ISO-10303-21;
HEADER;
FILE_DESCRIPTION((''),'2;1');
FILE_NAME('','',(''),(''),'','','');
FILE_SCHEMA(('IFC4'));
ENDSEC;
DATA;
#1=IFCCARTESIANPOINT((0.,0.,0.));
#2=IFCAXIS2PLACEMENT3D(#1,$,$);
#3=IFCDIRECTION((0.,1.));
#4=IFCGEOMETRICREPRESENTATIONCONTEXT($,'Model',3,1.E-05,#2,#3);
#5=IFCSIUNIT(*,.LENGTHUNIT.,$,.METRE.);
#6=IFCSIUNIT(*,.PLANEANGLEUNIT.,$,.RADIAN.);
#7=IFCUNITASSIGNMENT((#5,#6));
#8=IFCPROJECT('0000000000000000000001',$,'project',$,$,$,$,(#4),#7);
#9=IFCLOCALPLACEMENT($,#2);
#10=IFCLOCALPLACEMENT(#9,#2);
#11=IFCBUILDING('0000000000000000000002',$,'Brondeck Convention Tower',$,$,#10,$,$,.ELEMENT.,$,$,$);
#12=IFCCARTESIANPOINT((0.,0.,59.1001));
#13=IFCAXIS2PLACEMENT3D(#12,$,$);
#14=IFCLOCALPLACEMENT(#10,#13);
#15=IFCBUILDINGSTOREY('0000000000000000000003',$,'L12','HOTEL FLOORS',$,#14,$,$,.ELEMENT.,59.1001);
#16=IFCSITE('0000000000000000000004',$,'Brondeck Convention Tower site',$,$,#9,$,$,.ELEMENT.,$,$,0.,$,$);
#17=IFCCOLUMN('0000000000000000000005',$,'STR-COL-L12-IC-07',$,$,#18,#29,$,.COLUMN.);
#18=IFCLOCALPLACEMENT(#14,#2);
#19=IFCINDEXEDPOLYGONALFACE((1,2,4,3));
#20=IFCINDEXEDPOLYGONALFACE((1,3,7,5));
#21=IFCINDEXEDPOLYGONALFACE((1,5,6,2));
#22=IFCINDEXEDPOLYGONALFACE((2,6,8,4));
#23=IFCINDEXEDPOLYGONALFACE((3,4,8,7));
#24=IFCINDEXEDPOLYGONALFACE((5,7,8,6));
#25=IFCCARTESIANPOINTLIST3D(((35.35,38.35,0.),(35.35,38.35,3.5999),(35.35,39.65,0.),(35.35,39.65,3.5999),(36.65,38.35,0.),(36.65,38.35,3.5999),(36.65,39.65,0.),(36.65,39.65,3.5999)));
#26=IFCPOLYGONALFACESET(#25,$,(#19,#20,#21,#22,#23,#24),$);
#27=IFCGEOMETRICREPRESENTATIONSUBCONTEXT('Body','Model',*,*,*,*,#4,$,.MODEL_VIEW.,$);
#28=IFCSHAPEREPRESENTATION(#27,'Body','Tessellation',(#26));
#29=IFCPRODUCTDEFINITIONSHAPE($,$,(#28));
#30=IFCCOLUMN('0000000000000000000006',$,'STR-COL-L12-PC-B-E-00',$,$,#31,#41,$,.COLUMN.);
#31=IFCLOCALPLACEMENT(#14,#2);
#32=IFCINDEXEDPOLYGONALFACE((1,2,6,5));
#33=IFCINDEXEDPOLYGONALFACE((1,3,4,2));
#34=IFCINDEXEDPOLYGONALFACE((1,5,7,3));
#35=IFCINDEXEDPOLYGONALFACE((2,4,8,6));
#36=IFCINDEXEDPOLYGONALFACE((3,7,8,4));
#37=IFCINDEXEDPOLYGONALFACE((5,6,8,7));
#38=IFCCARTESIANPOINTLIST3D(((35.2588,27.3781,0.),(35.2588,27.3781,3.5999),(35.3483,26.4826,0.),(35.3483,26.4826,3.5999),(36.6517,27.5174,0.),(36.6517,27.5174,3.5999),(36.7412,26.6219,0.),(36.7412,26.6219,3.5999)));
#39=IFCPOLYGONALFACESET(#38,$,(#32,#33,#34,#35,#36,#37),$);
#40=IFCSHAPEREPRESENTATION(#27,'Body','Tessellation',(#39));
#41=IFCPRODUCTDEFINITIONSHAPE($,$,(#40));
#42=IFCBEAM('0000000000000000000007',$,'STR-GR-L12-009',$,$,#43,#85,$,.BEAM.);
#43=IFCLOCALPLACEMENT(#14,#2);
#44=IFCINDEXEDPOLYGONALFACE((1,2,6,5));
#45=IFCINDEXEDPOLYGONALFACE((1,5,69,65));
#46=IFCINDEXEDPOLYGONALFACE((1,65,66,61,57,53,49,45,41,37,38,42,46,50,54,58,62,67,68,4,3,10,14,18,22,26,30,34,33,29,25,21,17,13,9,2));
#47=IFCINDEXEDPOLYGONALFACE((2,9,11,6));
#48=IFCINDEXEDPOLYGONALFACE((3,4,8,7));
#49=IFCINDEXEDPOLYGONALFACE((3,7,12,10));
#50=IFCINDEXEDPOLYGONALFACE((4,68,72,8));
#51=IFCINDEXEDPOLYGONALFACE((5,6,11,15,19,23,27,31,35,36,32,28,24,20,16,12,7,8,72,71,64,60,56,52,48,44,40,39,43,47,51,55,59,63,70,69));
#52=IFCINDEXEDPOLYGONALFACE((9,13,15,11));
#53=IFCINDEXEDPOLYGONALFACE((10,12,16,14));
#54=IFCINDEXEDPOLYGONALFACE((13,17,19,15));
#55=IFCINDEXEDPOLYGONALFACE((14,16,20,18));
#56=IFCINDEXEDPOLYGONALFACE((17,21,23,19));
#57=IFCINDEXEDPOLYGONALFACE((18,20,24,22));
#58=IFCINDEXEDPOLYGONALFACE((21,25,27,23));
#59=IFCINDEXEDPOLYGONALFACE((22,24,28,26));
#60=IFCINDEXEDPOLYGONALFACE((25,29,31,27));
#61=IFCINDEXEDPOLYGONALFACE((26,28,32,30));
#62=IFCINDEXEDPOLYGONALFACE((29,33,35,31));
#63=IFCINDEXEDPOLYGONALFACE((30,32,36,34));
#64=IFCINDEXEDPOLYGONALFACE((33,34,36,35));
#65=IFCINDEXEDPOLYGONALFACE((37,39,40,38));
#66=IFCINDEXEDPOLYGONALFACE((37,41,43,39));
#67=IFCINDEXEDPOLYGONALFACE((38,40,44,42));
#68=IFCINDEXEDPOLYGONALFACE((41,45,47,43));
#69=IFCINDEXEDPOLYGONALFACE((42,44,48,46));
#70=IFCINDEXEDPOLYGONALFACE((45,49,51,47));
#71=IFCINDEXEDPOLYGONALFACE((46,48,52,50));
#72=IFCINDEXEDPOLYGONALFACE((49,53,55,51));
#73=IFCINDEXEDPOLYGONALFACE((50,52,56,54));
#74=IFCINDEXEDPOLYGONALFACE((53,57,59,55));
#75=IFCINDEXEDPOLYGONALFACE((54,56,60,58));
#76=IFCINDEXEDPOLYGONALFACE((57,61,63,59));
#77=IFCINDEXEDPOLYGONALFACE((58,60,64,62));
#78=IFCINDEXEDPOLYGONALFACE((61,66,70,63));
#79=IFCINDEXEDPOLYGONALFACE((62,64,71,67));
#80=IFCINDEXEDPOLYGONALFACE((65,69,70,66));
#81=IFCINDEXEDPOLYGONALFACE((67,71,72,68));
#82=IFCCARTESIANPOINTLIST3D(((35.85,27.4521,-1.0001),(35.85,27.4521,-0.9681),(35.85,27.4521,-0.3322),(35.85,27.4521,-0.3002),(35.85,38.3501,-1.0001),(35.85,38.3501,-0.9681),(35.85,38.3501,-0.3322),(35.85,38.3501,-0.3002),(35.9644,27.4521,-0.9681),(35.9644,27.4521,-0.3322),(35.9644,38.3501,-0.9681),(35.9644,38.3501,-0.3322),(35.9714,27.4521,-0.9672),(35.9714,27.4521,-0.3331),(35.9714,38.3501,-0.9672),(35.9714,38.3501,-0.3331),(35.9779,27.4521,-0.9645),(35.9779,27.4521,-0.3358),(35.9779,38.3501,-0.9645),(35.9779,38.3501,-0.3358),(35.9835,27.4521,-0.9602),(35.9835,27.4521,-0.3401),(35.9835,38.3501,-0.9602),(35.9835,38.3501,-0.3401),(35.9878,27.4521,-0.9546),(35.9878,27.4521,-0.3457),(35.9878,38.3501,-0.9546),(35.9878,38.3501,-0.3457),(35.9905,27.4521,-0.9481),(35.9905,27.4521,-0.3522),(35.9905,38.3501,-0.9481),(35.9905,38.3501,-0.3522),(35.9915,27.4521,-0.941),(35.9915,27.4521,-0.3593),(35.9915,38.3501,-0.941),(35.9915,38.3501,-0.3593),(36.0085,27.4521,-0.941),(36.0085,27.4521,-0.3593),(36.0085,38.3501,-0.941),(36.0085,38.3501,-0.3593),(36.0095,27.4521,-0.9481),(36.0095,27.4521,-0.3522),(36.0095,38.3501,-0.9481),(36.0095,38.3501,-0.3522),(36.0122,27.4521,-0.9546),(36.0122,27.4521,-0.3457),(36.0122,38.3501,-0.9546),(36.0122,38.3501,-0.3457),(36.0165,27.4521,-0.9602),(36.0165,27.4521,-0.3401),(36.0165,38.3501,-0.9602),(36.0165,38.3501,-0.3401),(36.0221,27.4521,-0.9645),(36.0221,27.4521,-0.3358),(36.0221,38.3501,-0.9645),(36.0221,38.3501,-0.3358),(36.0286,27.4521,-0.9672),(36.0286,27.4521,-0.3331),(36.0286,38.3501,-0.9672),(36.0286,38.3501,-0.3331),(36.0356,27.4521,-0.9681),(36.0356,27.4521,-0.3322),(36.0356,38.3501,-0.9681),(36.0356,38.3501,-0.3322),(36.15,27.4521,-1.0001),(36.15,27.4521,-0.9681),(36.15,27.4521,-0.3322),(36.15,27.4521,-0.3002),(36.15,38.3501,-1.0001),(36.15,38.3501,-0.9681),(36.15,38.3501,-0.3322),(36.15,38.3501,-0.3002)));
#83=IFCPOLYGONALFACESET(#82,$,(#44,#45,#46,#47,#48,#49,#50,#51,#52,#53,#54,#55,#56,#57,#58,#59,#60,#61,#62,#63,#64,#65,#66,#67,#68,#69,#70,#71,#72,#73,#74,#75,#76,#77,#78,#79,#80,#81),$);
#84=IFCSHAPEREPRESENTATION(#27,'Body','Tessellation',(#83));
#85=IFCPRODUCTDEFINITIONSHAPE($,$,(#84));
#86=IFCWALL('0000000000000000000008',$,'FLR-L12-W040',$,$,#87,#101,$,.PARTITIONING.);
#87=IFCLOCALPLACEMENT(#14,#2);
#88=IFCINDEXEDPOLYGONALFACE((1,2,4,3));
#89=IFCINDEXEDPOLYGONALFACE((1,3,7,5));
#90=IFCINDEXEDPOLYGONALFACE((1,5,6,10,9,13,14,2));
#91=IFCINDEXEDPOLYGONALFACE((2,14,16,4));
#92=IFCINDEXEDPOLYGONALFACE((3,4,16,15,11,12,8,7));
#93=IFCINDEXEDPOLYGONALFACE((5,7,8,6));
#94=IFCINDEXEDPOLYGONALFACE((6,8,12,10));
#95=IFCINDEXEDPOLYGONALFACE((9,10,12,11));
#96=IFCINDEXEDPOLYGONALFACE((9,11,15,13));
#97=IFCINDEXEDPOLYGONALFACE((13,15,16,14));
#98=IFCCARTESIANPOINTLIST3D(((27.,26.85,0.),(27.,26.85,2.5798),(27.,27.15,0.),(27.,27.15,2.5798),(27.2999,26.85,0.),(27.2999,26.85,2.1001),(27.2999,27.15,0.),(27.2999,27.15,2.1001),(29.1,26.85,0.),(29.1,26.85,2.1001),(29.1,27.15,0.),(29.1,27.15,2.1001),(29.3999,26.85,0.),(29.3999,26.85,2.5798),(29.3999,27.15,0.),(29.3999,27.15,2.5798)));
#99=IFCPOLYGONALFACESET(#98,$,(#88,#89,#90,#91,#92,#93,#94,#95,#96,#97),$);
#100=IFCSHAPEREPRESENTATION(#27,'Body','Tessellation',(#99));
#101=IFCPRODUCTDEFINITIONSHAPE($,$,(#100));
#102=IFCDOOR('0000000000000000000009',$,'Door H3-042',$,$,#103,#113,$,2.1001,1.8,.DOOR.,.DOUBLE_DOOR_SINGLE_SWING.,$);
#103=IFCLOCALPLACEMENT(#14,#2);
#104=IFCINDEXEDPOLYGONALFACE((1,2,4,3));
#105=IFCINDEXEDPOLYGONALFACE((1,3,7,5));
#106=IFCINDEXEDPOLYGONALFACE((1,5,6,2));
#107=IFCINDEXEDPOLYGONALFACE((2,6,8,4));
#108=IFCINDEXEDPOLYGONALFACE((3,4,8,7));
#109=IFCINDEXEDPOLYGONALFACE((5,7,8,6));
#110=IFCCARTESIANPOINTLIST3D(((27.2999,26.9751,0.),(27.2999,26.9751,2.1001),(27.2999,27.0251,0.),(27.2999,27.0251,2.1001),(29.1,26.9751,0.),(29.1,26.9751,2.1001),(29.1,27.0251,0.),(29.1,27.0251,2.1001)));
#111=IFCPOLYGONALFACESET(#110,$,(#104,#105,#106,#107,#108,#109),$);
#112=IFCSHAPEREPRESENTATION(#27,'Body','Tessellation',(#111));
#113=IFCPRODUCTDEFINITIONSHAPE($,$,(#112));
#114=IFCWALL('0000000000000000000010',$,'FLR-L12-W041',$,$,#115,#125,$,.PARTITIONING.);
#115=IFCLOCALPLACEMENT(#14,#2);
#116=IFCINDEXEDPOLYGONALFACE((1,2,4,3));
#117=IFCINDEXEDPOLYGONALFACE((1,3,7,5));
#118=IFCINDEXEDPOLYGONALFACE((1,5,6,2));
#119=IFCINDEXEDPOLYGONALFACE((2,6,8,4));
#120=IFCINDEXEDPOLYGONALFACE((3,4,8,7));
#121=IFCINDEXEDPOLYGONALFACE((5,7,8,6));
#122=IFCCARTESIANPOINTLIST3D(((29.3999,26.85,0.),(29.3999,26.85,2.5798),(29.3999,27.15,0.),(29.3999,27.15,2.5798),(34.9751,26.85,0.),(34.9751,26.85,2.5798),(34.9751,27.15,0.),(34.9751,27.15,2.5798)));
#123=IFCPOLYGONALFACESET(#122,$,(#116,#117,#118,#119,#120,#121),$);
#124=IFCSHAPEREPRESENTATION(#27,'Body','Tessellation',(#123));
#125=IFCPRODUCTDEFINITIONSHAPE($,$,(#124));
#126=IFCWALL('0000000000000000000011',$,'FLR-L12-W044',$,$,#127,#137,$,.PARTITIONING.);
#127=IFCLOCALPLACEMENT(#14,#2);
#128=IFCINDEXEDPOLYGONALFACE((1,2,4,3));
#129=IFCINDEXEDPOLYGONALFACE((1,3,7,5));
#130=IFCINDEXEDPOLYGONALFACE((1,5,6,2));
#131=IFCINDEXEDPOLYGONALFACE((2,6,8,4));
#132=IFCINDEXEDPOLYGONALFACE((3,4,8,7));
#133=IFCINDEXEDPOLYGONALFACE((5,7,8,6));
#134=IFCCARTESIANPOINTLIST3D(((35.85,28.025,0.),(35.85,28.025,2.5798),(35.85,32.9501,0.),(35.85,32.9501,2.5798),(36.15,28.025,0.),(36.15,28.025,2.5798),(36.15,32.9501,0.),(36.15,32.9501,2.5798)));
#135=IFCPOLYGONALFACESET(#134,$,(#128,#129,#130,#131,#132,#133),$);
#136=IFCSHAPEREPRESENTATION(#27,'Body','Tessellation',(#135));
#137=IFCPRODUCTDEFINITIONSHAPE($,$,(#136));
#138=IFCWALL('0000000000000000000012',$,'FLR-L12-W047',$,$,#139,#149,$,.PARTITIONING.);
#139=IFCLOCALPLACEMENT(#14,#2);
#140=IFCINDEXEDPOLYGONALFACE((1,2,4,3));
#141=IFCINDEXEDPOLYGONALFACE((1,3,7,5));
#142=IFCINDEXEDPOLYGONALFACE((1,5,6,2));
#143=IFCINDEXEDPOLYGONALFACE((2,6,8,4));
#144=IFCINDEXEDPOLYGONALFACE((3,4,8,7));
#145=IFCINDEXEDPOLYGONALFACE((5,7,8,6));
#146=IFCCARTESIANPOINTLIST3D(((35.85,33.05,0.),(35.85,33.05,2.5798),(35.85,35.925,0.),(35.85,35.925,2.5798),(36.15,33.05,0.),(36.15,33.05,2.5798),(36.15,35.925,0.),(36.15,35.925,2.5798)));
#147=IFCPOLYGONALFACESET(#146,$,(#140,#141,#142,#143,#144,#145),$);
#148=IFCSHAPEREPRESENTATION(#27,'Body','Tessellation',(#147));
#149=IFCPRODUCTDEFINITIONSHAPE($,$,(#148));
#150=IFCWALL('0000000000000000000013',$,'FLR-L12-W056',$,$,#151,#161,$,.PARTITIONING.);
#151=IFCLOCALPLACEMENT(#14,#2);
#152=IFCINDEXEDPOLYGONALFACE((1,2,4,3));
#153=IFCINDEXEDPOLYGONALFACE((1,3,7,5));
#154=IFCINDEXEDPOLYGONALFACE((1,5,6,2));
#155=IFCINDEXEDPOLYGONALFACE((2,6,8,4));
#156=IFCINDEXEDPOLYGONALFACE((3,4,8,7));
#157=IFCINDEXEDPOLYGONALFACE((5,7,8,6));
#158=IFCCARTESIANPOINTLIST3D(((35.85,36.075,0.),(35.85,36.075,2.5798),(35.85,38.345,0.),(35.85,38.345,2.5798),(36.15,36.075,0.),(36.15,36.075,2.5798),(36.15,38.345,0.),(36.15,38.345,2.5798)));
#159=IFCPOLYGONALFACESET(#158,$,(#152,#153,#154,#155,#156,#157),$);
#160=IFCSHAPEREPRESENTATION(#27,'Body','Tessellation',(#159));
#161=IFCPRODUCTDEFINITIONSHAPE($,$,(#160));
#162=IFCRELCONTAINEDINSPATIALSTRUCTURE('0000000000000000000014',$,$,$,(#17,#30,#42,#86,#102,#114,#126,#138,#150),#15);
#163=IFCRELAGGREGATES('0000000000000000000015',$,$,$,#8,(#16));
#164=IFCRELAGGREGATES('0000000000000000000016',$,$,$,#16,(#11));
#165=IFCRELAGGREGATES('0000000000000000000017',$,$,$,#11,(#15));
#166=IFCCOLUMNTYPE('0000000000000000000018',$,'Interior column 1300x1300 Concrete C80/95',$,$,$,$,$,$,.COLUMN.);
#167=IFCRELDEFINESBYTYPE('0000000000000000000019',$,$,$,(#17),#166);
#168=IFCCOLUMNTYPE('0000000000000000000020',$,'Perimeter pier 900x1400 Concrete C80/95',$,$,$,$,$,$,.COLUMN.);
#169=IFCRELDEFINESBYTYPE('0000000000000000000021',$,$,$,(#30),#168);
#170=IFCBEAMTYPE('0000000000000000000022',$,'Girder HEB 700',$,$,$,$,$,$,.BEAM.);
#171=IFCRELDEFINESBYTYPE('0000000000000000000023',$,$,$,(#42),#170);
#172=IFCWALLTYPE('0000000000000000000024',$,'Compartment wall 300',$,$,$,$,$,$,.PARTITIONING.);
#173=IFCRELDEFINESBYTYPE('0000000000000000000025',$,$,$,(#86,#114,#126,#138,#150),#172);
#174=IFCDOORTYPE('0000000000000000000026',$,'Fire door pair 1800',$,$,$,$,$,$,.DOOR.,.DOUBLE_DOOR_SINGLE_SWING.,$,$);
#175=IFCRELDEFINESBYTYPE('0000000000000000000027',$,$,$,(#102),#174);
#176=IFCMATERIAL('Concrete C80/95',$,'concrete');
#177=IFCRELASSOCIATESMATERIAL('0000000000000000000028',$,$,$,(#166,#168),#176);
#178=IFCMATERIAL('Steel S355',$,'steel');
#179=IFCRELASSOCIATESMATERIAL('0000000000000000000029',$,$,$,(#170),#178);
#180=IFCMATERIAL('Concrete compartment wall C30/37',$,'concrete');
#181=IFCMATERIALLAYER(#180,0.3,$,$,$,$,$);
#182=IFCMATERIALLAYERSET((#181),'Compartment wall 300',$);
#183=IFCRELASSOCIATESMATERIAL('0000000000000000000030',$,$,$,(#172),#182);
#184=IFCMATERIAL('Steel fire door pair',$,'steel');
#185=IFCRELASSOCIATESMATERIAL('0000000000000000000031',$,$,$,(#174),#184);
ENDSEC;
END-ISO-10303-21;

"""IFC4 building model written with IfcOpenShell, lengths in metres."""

from ifc_helpers import new_model, si_unit, direction, frame, frame_2d, origin, origin_2d, place, context, subcontext, project, spatial, rectangle, i_section, extrude, material, layer, layer_set, material_profile, profile_set, type_object, element, fill, save


model = new_model("IFC4")

# Units and contexts
model_context = context("Model", 3, precision=1e-05, world=origin(), true_north=direction((0.0, 1.0)))
body_context = subcontext(model_context, "Body", "Model", "MODEL_VIEW")
ifc_project = project(units=[si_unit("LENGTHUNIT", "METRE"), si_unit("PLANEANGLEUNIT", "RADIAN")], contexts=[model_context])

# Site, building, storey
site_placement = place(None, origin())
site = spatial("IfcSite", under=ifc_project, at=site_placement, Name="Brondeck Convention Tower site", CompositionType="ELEMENT", RefElevation=0.0)
building_placement = place(site_placement, origin())
building = spatial("IfcBuilding", under=site, at=building_placement, Name="Brondeck Convention Tower", CompositionType="ELEMENT")
storey_placement = place(building_placement, frame((0.0, 0.0, 59.1001)))
storey = spatial("IfcBuildingStorey", under=building, at=storey_placement, Name="L12", Description="HOTEL FLOORS", CompositionType="ELEMENT", Elevation=59.1001)

# Columns
ifc_material_1 = material(Name="Concrete C80/95", Category="concrete")
ifc_material_profile_1 = material_profile(ifc_material_1, rectangle(XDim=1.3, YDim=1.3, at=origin_2d()), Name="Interior column 1300x1300 Concrete C80/95")
ifc_profile_set_1 = profile_set([ifc_material_profile_1], Name="Concrete C80/95")
column_type_1 = type_object("IfcColumnType", Name="Interior column 1300x1300 Concrete C80/95", PredefinedType="COLUMN", material=ifc_profile_set_1)
column_1_placement = place(storey_placement, frame((36.0, 39.0, 0.0), z_axis=(0.0, 0.0, 1.0), x_axis=(1.0, 0.0, 0.0)))
element("IfcColumn", 1, at=column_1_placement, inside=storey, type_object=column_type_1, Name="STR-COL-L12-IC-07", PredefinedType="COLUMN", context=body_context, shape_type="SweptSolid", body=[
    extrude(rectangle(XDim=1.3, YDim=1.3, at=origin_2d()), origin(), (0.0, 0.0, 1.0), 3.5999),
])
ifc_material_profile_2 = material_profile(ifc_material_1, rectangle(XDim=0.8999, YDim=1.3999, at=origin_2d()), Name="Perimeter pier 900x1400 Concrete C80/95")
ifc_profile_set_2 = profile_set([ifc_material_profile_2], Name="Concrete C80/95")
column_type_2 = type_object("IfcColumnType", Name="Perimeter pier 900x1400 Concrete C80/95", PredefinedType="COLUMN", material=ifc_profile_set_2)
column_2_placement = place(storey_placement, frame((36.0, 27.0, 0.0), z_axis=(0.0, 0.0, 1.0), x_axis=(-0.099504, 0.995037, 0.0)))
element("IfcColumn", 2, at=column_2_placement, inside=storey, type_object=column_type_2, Name="STR-COL-L12-PC-B-E-00", PredefinedType="COLUMN", context=body_context, shape_type="SweptSolid", body=[
    extrude(rectangle(XDim=0.8999, YDim=1.3999, at=origin_2d()), origin(), (0.0, 0.0, 1.0), 3.5999),
])

# Beam
ifc_material_2 = material(Name="Steel S355", Category="steel")
ifc_material_profile_3 = material_profile(ifc_material_2, i_section(OverallWidth=0.3, OverallDepth=0.7, WebThickness=0.0171, FlangeThickness=0.032, FilletRadius=0.0271, at=origin_2d()), Name="HEB 700")
ifc_profile_set_3 = profile_set([ifc_material_profile_3], Name="Steel S355")
beam_type = type_object("IfcBeamType", Name="Girder HEB 700", PredefinedType="BEAM", material=ifc_profile_set_3)
beam_placement = place(storey_placement, frame((36.0, 27.4521, -0.6501), z_axis=(0.0, 1.0, 0.0), x_axis=(-1.0, 0.0, 0.0)))
element("IfcBeam", 3, at=beam_placement, inside=storey, type_object=beam_type, Name="STR-GR-L12-009", PredefinedType="BEAM", context=body_context, shape_type="SweptSolid", body=[
    extrude(i_section(OverallWidth=0.3, OverallDepth=0.7, WebThickness=0.0171, FlangeThickness=0.032, FilletRadius=0.0271, at=origin_2d()), origin(), (0.0, 0.0, 1.0), 10.8979),
])

# Wall, opening, door
ifc_material_3 = material(Name="Concrete compartment wall C30/37", Category="concrete")
ifc_layer_1 = layer(ifc_material_3, 0.3)
ifc_layer_set_1 = layer_set([ifc_layer_1], Name="Compartment wall 300")
wall_type_1 = type_object("IfcWallType", Name="Compartment wall 300", PredefinedType="PARTITIONING", material=ifc_layer_set_1)
wall_1_placement = place(storey_placement, frame((29.3999, 27.0, 0.0), z_axis=(0.0, 0.0, 1.0), x_axis=(-1.0, 0.0, 0.0)))
wall_1 = element("IfcWall", 4, at=wall_1_placement, inside=storey, type_object=wall_type_1, Name="FLR-L12-W040", PredefinedType="PARTITIONING", context=body_context, shape_type="SweptSolid", body=[
    extrude(rectangle(XDim=2.3999, YDim=0.3, at=frame_2d((1.2, 0.0))), origin(), (0.0, 0.0, 1.0), 2.5798),
])
opening_1_placement = place(wall_1_placement, frame((0.3, 0.0, 0.0)))
opening_1 = element("IfcOpeningElement", 5, at=opening_1_placement, cuts=wall_1, PredefinedType="OPENING", context=body_context, shape_type="SweptSolid", body=[
    extrude(rectangle(XDim=1.8, YDim=2.1001, at=frame_2d((0.8999, 1.05))), frame((0.0, 0.1599, 0.0), z_axis=(0.0, -1.0, 0.0), x_axis=(1.0, 0.0, 0.0)), (0.0, 0.0, 1.0), 0.3201),
])
ifc_material_4 = material(Name="Steel fire door pair", Category="steel")
door_type_1 = type_object("IfcDoorType", Name="Fire door pair 1800", OperationType="DOUBLE_DOOR_SINGLE_SWING", PredefinedType="DOOR", material=ifc_material_4)
door_1_placement = place(opening_1_placement, origin())
door_1 = element("IfcDoor", 6, at=door_1_placement, inside=storey, type_object=door_type_1, Name="Door H3-042", OperationType="DOUBLE_DOOR_SINGLE_SWING", OverallHeight=2.1001, OverallWidth=1.8, PredefinedType="DOOR", context=body_context, shape_type="SweptSolid", body=[
    extrude(rectangle(XDim=1.8, YDim=2.1001, at=frame_2d((0.8999, 1.05))), frame((0.0, 0.0249, 0.0), z_axis=(0.0, -1.0, 0.0), x_axis=(1.0, 0.0, 0.0)), (0.0, 0.0, 1.0), 0.05),
])
fill(opening_1, door_1)

# Walls
wall_2_placement = place(storey_placement, frame((34.9751, 27.0, 0.0), z_axis=(0.0, 0.0, 1.0), x_axis=(-1.0, 0.0, 0.0)))
element("IfcWall", 7, at=wall_2_placement, inside=storey, type_object=wall_type_1, Name="FLR-L12-W041", PredefinedType="PARTITIONING", context=body_context, shape_type="SweptSolid", body=[
    extrude(rectangle(XDim=5.5752, YDim=0.3, at=frame_2d((2.7876, 0.0))), origin(), (0.0, 0.0, 1.0), 2.5798),
])
wall_3_placement = place(storey_placement, frame((36.0, 32.95, 0.0), z_axis=(0.0, 0.0, 1.0), x_axis=(0.0, -1.0, 0.0)))
element("IfcWall", 8, at=wall_3_placement, inside=storey, type_object=wall_type_1, Name="FLR-L12-W044", PredefinedType="PARTITIONING", context=body_context, shape_type="SweptSolid", body=[
    extrude(rectangle(XDim=4.925, YDim=0.3, at=frame_2d((2.4624, 0.0))), origin(), (0.0, 0.0, 1.0), 2.5798),
])
wall_4_placement = place(storey_placement, frame((36.0, 35.925, 0.0), z_axis=(0.0, 0.0, 1.0), x_axis=(0.0, -1.0, 0.0)))
element("IfcWall", 9, at=wall_4_placement, inside=storey, type_object=wall_type_1, Name="FLR-L12-W047", PredefinedType="PARTITIONING", context=body_context, shape_type="SweptSolid", body=[
    extrude(rectangle(XDim=2.875, YDim=0.3, at=frame_2d((1.4375, 0.0))), origin(), (0.0, 0.0, 1.0), 2.5798),
])
wall_5_placement = place(storey_placement, frame((36.0, 38.345, 0.0), z_axis=(0.0, 0.0, 1.0), x_axis=(0.0, -1.0, 0.0)))
element("IfcWall", 10, at=wall_5_placement, inside=storey, type_object=wall_type_1, Name="FLR-L12-W056", PredefinedType="PARTITIONING", context=body_context, shape_type="SweptSolid", body=[
    extrude(rectangle(XDim=2.27, YDim=0.3, at=frame_2d((1.135, 0.0))), origin(), (0.0, 0.0, 1.0), 2.5798),
])

save(model, "model.ifc")
